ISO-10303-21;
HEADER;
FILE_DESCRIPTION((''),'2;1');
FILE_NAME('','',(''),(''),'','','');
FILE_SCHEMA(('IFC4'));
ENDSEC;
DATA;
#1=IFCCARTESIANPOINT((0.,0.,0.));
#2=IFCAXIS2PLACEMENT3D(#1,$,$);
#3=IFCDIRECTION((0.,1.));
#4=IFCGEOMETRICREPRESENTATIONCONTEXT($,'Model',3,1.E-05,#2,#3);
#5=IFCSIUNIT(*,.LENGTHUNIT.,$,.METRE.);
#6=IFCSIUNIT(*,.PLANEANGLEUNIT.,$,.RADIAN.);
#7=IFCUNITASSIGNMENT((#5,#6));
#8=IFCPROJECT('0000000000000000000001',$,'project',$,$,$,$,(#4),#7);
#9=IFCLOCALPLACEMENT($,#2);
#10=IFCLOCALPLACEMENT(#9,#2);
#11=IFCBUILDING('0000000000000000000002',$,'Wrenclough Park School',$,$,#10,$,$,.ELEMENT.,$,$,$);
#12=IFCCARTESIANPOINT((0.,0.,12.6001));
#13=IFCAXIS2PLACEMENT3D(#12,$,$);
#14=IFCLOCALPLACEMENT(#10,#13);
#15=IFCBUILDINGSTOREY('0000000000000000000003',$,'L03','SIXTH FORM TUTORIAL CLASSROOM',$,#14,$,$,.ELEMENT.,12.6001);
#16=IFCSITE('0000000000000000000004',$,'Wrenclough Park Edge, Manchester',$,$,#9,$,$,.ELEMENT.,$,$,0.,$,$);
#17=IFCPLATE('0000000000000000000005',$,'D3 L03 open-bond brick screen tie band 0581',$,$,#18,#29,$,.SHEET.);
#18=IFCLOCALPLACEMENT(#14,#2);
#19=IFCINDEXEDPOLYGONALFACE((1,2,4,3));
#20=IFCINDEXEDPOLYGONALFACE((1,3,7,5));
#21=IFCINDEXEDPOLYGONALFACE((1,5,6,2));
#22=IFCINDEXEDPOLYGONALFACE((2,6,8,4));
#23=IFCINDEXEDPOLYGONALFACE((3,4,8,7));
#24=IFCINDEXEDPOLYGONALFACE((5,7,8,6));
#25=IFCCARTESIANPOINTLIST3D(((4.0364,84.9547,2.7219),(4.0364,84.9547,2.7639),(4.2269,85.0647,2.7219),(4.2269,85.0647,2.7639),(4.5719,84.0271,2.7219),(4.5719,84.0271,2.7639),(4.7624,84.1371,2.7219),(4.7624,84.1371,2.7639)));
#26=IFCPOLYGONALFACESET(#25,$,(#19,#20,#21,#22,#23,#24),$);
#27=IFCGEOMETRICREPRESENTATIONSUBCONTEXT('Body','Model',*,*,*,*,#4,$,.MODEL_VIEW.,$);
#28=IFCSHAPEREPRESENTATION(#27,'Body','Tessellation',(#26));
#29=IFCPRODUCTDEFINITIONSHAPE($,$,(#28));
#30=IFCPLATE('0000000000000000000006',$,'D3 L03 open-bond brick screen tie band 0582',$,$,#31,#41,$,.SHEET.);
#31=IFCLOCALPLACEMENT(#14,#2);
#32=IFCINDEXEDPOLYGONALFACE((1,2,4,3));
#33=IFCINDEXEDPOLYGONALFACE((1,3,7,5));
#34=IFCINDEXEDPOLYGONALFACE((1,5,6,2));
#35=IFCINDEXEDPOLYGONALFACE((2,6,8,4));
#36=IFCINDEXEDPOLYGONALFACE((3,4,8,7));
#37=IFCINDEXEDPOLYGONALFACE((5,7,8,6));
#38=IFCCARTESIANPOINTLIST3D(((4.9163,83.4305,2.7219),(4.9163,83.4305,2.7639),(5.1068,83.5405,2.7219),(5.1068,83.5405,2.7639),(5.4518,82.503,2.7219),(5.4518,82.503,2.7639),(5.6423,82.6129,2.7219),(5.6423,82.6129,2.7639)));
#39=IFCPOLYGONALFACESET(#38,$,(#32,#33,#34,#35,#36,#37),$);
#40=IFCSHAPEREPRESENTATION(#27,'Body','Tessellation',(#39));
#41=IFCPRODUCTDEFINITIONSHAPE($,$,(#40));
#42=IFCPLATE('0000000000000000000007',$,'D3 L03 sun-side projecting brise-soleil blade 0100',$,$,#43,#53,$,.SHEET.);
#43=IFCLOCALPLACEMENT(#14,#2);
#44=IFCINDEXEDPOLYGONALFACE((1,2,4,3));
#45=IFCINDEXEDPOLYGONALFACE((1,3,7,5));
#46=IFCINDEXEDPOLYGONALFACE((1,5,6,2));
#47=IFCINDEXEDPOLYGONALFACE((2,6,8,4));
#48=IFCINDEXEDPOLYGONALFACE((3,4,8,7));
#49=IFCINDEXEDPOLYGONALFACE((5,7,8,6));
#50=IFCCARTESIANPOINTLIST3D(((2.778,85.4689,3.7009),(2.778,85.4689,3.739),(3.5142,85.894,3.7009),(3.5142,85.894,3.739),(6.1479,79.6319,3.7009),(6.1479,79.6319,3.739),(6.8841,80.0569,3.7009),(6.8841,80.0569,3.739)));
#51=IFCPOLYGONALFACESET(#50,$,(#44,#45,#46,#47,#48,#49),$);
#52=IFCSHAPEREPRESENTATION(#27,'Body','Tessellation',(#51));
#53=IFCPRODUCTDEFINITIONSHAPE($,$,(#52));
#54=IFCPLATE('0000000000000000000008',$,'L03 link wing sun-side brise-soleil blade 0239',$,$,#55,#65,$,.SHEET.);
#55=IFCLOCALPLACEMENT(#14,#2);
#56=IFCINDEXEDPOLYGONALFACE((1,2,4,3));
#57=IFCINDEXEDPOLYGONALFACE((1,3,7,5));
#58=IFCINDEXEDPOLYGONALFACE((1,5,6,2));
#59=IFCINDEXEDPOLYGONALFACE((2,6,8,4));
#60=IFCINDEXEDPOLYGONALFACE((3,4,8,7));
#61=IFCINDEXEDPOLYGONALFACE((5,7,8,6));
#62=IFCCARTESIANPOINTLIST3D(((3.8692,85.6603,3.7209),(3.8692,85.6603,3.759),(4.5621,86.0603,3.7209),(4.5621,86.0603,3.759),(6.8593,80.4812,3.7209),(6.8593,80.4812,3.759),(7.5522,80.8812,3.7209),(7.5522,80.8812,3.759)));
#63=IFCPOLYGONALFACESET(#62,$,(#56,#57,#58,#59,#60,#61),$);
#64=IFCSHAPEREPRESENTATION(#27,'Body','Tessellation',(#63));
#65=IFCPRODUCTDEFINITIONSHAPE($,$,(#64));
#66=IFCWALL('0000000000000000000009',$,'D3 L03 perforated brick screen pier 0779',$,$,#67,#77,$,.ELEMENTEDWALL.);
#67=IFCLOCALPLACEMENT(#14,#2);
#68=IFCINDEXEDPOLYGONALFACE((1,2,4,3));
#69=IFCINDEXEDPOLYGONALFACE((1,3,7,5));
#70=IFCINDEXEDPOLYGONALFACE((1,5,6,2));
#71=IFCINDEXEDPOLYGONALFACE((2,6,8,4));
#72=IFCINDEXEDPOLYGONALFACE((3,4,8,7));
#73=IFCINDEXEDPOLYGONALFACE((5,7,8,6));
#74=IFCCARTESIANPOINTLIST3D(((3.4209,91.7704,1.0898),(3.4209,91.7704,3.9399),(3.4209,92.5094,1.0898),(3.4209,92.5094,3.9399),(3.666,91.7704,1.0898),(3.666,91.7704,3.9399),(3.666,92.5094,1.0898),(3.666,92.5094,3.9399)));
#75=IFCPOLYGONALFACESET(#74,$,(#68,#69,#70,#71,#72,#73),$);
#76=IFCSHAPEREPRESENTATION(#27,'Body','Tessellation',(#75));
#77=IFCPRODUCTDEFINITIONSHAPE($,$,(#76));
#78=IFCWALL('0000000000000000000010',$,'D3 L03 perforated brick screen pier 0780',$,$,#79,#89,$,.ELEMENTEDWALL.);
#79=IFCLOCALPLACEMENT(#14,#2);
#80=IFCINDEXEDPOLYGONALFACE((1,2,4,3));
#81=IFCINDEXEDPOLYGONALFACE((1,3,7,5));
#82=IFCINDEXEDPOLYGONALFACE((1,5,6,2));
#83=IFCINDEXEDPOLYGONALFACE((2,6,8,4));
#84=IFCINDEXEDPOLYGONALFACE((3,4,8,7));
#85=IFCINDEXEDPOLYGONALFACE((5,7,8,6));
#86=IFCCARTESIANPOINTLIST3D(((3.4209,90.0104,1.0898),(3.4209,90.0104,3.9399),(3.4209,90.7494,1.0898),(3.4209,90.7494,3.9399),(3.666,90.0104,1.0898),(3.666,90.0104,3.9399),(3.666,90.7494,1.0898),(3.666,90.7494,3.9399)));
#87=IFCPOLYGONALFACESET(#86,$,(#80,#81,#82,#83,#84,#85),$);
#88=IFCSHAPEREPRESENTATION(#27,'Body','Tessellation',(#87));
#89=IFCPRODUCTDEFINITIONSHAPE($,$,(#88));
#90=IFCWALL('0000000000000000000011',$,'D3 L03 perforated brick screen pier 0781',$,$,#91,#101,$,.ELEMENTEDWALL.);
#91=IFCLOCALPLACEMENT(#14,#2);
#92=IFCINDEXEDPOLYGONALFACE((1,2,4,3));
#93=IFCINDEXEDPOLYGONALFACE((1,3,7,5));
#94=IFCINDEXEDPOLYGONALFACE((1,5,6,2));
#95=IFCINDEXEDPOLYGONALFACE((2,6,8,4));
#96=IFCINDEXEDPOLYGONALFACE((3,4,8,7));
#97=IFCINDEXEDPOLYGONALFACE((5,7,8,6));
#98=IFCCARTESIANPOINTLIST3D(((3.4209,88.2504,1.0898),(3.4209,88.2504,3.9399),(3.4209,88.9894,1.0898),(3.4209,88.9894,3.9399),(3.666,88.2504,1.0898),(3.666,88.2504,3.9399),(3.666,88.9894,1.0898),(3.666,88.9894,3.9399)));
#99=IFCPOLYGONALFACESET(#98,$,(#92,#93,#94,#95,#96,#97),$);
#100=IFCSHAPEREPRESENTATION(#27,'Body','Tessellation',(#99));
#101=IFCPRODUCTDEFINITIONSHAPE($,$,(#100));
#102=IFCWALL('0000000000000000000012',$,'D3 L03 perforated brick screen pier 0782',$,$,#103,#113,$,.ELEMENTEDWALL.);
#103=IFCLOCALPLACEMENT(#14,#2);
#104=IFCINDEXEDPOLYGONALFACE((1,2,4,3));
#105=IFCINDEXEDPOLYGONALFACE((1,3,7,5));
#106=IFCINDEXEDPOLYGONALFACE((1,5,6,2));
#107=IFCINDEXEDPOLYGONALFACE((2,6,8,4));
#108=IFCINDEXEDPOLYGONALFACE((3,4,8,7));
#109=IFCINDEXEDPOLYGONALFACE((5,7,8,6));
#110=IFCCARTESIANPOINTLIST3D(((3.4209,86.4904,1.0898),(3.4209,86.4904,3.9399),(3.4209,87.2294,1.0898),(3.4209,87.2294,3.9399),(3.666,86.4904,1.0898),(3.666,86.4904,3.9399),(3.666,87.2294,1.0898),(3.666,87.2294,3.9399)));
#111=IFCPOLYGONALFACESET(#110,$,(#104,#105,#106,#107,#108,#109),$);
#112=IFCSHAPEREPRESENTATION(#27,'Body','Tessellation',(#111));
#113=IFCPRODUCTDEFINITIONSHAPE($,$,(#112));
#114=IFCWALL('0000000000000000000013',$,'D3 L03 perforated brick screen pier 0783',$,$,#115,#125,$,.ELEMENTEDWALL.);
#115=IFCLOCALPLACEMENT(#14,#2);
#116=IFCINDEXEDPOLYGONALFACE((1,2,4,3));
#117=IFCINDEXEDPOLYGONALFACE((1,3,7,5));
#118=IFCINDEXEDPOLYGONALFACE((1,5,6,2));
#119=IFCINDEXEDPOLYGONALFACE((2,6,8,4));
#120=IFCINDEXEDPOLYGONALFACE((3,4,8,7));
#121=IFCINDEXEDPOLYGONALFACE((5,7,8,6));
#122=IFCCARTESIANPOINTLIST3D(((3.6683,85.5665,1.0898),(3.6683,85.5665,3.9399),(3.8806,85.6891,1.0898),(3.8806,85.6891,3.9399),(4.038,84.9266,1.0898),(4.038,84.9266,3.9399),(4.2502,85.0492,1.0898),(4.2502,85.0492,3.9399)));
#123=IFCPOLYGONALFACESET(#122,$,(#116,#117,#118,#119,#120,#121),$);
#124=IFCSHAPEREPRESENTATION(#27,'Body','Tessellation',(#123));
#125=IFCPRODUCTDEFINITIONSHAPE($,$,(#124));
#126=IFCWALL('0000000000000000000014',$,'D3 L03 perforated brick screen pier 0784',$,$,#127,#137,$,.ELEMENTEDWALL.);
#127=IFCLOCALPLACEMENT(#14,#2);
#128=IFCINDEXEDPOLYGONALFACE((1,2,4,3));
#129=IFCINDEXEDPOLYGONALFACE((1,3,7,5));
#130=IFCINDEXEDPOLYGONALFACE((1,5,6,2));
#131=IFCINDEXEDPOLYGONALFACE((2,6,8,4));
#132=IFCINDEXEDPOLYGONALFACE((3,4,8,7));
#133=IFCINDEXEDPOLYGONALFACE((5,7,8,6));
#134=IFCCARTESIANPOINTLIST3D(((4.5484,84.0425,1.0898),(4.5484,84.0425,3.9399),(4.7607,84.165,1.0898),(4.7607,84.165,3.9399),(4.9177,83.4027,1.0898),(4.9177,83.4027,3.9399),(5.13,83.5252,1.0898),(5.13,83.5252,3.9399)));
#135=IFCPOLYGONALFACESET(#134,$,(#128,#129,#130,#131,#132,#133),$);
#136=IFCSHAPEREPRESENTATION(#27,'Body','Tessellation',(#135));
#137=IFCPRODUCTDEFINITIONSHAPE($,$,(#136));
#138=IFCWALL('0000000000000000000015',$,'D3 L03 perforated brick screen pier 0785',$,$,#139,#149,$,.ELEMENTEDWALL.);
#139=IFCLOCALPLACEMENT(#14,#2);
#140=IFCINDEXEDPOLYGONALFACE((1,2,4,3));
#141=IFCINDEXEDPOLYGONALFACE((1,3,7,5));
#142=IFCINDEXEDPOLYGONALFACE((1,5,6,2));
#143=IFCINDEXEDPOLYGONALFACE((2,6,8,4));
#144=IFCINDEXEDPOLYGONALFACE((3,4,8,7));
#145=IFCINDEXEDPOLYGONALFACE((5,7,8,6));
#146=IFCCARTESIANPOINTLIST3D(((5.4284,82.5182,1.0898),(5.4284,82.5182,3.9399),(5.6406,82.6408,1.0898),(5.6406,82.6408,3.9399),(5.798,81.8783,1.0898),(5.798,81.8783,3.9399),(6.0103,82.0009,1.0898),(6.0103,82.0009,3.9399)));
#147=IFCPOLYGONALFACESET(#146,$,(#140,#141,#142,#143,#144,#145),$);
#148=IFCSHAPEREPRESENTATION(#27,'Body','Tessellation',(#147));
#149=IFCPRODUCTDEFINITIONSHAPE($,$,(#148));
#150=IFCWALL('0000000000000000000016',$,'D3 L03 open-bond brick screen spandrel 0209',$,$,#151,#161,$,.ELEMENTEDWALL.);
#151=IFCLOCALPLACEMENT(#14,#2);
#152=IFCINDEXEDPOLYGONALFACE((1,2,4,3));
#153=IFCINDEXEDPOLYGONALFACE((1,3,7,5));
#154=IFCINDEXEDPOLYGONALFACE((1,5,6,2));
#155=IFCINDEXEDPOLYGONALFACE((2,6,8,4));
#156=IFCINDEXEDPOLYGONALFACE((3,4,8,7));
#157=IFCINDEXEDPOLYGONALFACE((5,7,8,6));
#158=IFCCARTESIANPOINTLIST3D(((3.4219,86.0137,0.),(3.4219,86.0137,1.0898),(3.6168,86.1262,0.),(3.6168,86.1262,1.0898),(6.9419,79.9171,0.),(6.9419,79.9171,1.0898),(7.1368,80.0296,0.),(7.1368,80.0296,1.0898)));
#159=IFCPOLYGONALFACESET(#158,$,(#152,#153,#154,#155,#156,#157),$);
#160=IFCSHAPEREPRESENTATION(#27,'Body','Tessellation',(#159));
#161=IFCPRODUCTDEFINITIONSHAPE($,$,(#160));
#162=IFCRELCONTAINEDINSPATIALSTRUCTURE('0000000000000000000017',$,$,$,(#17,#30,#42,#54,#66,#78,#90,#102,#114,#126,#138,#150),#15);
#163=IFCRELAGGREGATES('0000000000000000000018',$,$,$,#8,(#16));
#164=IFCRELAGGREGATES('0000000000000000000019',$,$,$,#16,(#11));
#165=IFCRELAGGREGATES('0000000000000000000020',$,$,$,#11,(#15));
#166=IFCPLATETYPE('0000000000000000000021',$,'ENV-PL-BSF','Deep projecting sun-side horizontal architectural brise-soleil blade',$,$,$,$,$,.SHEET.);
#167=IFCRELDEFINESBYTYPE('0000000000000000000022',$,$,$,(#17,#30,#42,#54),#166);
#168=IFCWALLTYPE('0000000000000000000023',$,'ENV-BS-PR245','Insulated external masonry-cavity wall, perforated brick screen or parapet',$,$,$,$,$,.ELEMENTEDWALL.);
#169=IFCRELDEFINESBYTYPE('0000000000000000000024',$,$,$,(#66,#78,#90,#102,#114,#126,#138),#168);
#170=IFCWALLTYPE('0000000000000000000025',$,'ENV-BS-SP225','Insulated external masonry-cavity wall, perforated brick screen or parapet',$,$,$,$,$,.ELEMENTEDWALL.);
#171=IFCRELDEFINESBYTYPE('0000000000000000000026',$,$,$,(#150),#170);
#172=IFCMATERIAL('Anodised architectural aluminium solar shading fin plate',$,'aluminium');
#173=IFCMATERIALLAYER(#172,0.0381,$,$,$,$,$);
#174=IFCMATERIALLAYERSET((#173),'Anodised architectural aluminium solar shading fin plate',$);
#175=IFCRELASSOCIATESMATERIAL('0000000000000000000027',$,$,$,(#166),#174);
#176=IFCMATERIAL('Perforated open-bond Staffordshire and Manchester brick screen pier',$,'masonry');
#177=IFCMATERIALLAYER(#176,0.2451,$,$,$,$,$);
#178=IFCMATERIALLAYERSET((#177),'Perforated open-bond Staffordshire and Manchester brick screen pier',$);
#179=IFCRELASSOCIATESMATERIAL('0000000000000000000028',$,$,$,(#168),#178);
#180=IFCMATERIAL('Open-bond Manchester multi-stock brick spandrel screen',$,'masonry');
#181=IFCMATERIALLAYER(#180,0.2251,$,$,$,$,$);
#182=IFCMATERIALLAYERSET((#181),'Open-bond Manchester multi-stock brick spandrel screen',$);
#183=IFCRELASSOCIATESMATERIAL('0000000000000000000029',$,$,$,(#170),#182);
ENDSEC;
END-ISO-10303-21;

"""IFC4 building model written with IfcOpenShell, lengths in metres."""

from ifc_helpers import new_model, si_unit, direction, frame, frame_2d, origin, origin_2d, place, context, subcontext, project, spatial, rectangle, extrude, material, layer, layer_set, type_object, element, save


model = new_model("IFC4")

# Units and contexts
model_context = context("Model", 3, precision=1e-05, world=origin(), true_north=direction((0.0, 1.0)))
body_context = subcontext(model_context, "Body", "Model", "MODEL_VIEW")
ifc_project = project(units=[si_unit("LENGTHUNIT", "METRE"), si_unit("PLANEANGLEUNIT", "RADIAN")], contexts=[model_context])

# Site, building, storey
site_placement = place(None, origin())
site = spatial("IfcSite", under=ifc_project, at=site_placement, Name="Wrenclough Park Edge, Manchester", CompositionType="ELEMENT", RefElevation=0.0)
building_placement = place(site_placement, origin())
building = spatial("IfcBuilding", under=site, at=building_placement, Name="Wrenclough Park School", CompositionType="ELEMENT")
storey_placement = place(building_placement, frame((0.0, 0.0, 12.6001)))
storey = spatial("IfcBuildingStorey", under=building, at=storey_placement, Name="L03", Description="SIXTH FORM TUTORIAL CLASSROOM", CompositionType="ELEMENT", Elevation=12.6001)

# Plates
ifc_material_1 = material(Name="Anodised architectural aluminium solar shading fin plate", Category="aluminium")
ifc_layer_1 = layer(ifc_material_1, 0.0381)
ifc_layer_set_1 = layer_set([ifc_layer_1], Name="Anodised architectural aluminium solar shading fin plate")
plate_type = type_object("IfcPlateType", Name="ENV-PL-BSF", Description="Deep projecting sun-side horizontal architectural brise-soleil blade", PredefinedType="SHEET", material=ifc_layer_set_1)
for number, where, z_axis, x_axis, name in (
    (1, (4.3994, 84.5459, 2.7219), (0.0, 0.0, 1.0), (0.499991, -0.866031, 0.0), "D3 L03 open-bond brick screen tie band 0581"),
    (2, (5.2793, 83.0217, 2.7219), (0.0, 0.0, 1.0), (0.499991, -0.866031, 0.0), "D3 L03 open-bond brick screen tie band 0582"),
):
    element("IfcPlate", number, at=place(storey_placement, frame(where, z_axis=z_axis, x_axis=x_axis)), inside=storey, type_object=plate_type, Name=name, PredefinedType="SHEET", context=body_context, shape_type="SweptSolid", body=[
        extrude(rectangle(XDim=1.071, YDim=0.22, at=origin_2d()), origin(), (0.0, 0.0, 1.0), 0.042),
    ])
plate_1_placement = place(storey_placement, frame((4.8311, 82.7629, 3.7009), z_axis=(0.0, 0.0, 1.0), x_axis=(0.499991, -0.866031, 0.0)))
element("IfcPlate", 3, at=plate_1_placement, inside=storey, type_object=plate_type, Name="D3 L03 sun-side projecting brise-soleil blade 0100", PredefinedType="SHEET", context=body_context, shape_type="SweptSolid", body=[
    extrude(rectangle(XDim=6.74, YDim=0.8501, at=origin_2d()), origin(), (0.0, 0.0, 1.0), 0.0381),
])
plate_2_placement = place(storey_placement, frame((5.7107, 83.2708, 3.7209), z_axis=(0.0, 0.0, 1.0), x_axis=(-0.499994, 0.866029, 0.0)))
element("IfcPlate", 4, at=plate_2_placement, inside=storey, type_object=plate_type, Name="L03 link wing sun-side brise-soleil blade 0239", PredefinedType="SHEET", context=body_context, shape_type="SweptSolid", body=[
    extrude(rectangle(XDim=5.9802, YDim=0.8, at=origin_2d()), origin(), (0.0, 0.0, 1.0), 0.0381),
])

# Walls
ifc_material_2 = material(Name="Perforated open-bond Staffordshire and Manchester brick screen pier", Category="masonry")
ifc_layer_2 = layer(ifc_material_2, 0.2451)
ifc_layer_set_2 = layer_set([ifc_layer_2], Name="Perforated open-bond Staffordshire and Manchester brick screen pier")
wall_type_1 = type_object("IfcWallType", Name="ENV-BS-PR245", Description="Insulated external masonry-cavity wall, perforated brick screen or parapet", PredefinedType="ELEMENTEDWALL", material=ifc_layer_set_2)
for number, where, z_axis, x_axis, name in (
    (5, (3.5435, 92.5095, 1.0898), (0.0, 0.0, 1.0), (0.0, -1.0, 0.0), "D3 L03 perforated brick screen pier 0779"),
    (6, (3.5435, 90.7495, 1.0898), (0.0, 0.0, 1.0), (0.0, -1.0, 0.0), "D3 L03 perforated brick screen pier 0780"),
    (7, (3.5435, 88.9895, 1.0898), (0.0, 0.0, 1.0), (0.0, -1.0, 0.0), "D3 L03 perforated brick screen pier 0781"),
    (8, (3.5435, 87.2295, 1.0898), (0.0, 0.0, 1.0), (0.0, -1.0, 0.0), "D3 L03 perforated brick screen pier 0782"),
    (9, (3.7744, 85.6279, 1.0898), (0.0, 0.0, 1.0), (0.50019, -0.865916, 0.0), "D3 L03 perforated brick screen pier 0783"),
):
    element("IfcWall", number, at=place(storey_placement, frame(where, z_axis=z_axis, x_axis=x_axis)), inside=storey, type_object=wall_type_1, Name=name, PredefinedType="ELEMENTEDWALL", context=body_context, shape_type="SweptSolid", body=[
        extrude(rectangle(XDim=0.739, YDim=0.2451, at=frame_2d((0.3696, 0.0))), origin(), (0.0, 0.0, 1.0), 2.8501),
    ])
wall_1_placement = place(storey_placement, frame((4.6545, 84.1038, 1.0898), z_axis=(0.0, 0.0, 1.0), x_axis=(0.499942, -0.866059, 0.0)))
element("IfcWall", 10, at=wall_1_placement, inside=storey, type_object=wall_type_1, Name="D3 L03 perforated brick screen pier 0784", PredefinedType="ELEMENTEDWALL", context=body_context, shape_type="SweptSolid", body=[
    extrude(rectangle(XDim=0.7388, YDim=0.2451, at=frame_2d((0.3694, 0.0))), origin(), (0.0, 0.0, 1.0), 2.8501),
])
wall_2_placement = place(storey_placement, frame((5.5344, 82.5796, 1.0898), z_axis=(0.0, 0.0, 1.0), x_axis=(0.50019, -0.865916, 0.0)))
element("IfcWall", 11, at=wall_2_placement, inside=storey, type_object=wall_type_1, Name="D3 L03 perforated brick screen pier 0785", PredefinedType="ELEMENTEDWALL", context=body_context, shape_type="SweptSolid", body=[
    extrude(rectangle(XDim=0.739, YDim=0.2451, at=frame_2d((0.3696, 0.0))), origin(), (0.0, 0.0, 1.0), 2.8501),
])
ifc_material_3 = material(Name="Open-bond Manchester multi-stock brick spandrel screen", Category="masonry")
ifc_layer_3 = layer(ifc_material_3, 0.2251)
ifc_layer_set_3 = layer_set([ifc_layer_3], Name="Open-bond Manchester multi-stock brick spandrel screen")
wall_type_2 = type_object("IfcWallType", Name="ENV-BS-SP225", Description="Insulated external masonry-cavity wall, perforated brick screen or parapet", PredefinedType="ELEMENTEDWALL", material=ifc_layer_set_3)
wall_3_placement = place(storey_placement, frame((3.5193, 86.0701, 0.0), z_axis=(0.0, 0.0, 1.0), x_axis=(0.500011, -0.866019, 0.0)))
element("IfcWall", 12, at=wall_3_placement, inside=storey, type_object=wall_type_2, Name="D3 L03 open-bond brick screen spandrel 0209", PredefinedType="ELEMENTEDWALL", context=body_context, shape_type="SweptSolid", body=[
    extrude(rectangle(XDim=7.0398, YDim=0.2251, at=frame_2d((3.52, 0.0))), origin(), (0.0, 0.0, 1.0), 1.0898),
])

save(model, "model.ifc")
